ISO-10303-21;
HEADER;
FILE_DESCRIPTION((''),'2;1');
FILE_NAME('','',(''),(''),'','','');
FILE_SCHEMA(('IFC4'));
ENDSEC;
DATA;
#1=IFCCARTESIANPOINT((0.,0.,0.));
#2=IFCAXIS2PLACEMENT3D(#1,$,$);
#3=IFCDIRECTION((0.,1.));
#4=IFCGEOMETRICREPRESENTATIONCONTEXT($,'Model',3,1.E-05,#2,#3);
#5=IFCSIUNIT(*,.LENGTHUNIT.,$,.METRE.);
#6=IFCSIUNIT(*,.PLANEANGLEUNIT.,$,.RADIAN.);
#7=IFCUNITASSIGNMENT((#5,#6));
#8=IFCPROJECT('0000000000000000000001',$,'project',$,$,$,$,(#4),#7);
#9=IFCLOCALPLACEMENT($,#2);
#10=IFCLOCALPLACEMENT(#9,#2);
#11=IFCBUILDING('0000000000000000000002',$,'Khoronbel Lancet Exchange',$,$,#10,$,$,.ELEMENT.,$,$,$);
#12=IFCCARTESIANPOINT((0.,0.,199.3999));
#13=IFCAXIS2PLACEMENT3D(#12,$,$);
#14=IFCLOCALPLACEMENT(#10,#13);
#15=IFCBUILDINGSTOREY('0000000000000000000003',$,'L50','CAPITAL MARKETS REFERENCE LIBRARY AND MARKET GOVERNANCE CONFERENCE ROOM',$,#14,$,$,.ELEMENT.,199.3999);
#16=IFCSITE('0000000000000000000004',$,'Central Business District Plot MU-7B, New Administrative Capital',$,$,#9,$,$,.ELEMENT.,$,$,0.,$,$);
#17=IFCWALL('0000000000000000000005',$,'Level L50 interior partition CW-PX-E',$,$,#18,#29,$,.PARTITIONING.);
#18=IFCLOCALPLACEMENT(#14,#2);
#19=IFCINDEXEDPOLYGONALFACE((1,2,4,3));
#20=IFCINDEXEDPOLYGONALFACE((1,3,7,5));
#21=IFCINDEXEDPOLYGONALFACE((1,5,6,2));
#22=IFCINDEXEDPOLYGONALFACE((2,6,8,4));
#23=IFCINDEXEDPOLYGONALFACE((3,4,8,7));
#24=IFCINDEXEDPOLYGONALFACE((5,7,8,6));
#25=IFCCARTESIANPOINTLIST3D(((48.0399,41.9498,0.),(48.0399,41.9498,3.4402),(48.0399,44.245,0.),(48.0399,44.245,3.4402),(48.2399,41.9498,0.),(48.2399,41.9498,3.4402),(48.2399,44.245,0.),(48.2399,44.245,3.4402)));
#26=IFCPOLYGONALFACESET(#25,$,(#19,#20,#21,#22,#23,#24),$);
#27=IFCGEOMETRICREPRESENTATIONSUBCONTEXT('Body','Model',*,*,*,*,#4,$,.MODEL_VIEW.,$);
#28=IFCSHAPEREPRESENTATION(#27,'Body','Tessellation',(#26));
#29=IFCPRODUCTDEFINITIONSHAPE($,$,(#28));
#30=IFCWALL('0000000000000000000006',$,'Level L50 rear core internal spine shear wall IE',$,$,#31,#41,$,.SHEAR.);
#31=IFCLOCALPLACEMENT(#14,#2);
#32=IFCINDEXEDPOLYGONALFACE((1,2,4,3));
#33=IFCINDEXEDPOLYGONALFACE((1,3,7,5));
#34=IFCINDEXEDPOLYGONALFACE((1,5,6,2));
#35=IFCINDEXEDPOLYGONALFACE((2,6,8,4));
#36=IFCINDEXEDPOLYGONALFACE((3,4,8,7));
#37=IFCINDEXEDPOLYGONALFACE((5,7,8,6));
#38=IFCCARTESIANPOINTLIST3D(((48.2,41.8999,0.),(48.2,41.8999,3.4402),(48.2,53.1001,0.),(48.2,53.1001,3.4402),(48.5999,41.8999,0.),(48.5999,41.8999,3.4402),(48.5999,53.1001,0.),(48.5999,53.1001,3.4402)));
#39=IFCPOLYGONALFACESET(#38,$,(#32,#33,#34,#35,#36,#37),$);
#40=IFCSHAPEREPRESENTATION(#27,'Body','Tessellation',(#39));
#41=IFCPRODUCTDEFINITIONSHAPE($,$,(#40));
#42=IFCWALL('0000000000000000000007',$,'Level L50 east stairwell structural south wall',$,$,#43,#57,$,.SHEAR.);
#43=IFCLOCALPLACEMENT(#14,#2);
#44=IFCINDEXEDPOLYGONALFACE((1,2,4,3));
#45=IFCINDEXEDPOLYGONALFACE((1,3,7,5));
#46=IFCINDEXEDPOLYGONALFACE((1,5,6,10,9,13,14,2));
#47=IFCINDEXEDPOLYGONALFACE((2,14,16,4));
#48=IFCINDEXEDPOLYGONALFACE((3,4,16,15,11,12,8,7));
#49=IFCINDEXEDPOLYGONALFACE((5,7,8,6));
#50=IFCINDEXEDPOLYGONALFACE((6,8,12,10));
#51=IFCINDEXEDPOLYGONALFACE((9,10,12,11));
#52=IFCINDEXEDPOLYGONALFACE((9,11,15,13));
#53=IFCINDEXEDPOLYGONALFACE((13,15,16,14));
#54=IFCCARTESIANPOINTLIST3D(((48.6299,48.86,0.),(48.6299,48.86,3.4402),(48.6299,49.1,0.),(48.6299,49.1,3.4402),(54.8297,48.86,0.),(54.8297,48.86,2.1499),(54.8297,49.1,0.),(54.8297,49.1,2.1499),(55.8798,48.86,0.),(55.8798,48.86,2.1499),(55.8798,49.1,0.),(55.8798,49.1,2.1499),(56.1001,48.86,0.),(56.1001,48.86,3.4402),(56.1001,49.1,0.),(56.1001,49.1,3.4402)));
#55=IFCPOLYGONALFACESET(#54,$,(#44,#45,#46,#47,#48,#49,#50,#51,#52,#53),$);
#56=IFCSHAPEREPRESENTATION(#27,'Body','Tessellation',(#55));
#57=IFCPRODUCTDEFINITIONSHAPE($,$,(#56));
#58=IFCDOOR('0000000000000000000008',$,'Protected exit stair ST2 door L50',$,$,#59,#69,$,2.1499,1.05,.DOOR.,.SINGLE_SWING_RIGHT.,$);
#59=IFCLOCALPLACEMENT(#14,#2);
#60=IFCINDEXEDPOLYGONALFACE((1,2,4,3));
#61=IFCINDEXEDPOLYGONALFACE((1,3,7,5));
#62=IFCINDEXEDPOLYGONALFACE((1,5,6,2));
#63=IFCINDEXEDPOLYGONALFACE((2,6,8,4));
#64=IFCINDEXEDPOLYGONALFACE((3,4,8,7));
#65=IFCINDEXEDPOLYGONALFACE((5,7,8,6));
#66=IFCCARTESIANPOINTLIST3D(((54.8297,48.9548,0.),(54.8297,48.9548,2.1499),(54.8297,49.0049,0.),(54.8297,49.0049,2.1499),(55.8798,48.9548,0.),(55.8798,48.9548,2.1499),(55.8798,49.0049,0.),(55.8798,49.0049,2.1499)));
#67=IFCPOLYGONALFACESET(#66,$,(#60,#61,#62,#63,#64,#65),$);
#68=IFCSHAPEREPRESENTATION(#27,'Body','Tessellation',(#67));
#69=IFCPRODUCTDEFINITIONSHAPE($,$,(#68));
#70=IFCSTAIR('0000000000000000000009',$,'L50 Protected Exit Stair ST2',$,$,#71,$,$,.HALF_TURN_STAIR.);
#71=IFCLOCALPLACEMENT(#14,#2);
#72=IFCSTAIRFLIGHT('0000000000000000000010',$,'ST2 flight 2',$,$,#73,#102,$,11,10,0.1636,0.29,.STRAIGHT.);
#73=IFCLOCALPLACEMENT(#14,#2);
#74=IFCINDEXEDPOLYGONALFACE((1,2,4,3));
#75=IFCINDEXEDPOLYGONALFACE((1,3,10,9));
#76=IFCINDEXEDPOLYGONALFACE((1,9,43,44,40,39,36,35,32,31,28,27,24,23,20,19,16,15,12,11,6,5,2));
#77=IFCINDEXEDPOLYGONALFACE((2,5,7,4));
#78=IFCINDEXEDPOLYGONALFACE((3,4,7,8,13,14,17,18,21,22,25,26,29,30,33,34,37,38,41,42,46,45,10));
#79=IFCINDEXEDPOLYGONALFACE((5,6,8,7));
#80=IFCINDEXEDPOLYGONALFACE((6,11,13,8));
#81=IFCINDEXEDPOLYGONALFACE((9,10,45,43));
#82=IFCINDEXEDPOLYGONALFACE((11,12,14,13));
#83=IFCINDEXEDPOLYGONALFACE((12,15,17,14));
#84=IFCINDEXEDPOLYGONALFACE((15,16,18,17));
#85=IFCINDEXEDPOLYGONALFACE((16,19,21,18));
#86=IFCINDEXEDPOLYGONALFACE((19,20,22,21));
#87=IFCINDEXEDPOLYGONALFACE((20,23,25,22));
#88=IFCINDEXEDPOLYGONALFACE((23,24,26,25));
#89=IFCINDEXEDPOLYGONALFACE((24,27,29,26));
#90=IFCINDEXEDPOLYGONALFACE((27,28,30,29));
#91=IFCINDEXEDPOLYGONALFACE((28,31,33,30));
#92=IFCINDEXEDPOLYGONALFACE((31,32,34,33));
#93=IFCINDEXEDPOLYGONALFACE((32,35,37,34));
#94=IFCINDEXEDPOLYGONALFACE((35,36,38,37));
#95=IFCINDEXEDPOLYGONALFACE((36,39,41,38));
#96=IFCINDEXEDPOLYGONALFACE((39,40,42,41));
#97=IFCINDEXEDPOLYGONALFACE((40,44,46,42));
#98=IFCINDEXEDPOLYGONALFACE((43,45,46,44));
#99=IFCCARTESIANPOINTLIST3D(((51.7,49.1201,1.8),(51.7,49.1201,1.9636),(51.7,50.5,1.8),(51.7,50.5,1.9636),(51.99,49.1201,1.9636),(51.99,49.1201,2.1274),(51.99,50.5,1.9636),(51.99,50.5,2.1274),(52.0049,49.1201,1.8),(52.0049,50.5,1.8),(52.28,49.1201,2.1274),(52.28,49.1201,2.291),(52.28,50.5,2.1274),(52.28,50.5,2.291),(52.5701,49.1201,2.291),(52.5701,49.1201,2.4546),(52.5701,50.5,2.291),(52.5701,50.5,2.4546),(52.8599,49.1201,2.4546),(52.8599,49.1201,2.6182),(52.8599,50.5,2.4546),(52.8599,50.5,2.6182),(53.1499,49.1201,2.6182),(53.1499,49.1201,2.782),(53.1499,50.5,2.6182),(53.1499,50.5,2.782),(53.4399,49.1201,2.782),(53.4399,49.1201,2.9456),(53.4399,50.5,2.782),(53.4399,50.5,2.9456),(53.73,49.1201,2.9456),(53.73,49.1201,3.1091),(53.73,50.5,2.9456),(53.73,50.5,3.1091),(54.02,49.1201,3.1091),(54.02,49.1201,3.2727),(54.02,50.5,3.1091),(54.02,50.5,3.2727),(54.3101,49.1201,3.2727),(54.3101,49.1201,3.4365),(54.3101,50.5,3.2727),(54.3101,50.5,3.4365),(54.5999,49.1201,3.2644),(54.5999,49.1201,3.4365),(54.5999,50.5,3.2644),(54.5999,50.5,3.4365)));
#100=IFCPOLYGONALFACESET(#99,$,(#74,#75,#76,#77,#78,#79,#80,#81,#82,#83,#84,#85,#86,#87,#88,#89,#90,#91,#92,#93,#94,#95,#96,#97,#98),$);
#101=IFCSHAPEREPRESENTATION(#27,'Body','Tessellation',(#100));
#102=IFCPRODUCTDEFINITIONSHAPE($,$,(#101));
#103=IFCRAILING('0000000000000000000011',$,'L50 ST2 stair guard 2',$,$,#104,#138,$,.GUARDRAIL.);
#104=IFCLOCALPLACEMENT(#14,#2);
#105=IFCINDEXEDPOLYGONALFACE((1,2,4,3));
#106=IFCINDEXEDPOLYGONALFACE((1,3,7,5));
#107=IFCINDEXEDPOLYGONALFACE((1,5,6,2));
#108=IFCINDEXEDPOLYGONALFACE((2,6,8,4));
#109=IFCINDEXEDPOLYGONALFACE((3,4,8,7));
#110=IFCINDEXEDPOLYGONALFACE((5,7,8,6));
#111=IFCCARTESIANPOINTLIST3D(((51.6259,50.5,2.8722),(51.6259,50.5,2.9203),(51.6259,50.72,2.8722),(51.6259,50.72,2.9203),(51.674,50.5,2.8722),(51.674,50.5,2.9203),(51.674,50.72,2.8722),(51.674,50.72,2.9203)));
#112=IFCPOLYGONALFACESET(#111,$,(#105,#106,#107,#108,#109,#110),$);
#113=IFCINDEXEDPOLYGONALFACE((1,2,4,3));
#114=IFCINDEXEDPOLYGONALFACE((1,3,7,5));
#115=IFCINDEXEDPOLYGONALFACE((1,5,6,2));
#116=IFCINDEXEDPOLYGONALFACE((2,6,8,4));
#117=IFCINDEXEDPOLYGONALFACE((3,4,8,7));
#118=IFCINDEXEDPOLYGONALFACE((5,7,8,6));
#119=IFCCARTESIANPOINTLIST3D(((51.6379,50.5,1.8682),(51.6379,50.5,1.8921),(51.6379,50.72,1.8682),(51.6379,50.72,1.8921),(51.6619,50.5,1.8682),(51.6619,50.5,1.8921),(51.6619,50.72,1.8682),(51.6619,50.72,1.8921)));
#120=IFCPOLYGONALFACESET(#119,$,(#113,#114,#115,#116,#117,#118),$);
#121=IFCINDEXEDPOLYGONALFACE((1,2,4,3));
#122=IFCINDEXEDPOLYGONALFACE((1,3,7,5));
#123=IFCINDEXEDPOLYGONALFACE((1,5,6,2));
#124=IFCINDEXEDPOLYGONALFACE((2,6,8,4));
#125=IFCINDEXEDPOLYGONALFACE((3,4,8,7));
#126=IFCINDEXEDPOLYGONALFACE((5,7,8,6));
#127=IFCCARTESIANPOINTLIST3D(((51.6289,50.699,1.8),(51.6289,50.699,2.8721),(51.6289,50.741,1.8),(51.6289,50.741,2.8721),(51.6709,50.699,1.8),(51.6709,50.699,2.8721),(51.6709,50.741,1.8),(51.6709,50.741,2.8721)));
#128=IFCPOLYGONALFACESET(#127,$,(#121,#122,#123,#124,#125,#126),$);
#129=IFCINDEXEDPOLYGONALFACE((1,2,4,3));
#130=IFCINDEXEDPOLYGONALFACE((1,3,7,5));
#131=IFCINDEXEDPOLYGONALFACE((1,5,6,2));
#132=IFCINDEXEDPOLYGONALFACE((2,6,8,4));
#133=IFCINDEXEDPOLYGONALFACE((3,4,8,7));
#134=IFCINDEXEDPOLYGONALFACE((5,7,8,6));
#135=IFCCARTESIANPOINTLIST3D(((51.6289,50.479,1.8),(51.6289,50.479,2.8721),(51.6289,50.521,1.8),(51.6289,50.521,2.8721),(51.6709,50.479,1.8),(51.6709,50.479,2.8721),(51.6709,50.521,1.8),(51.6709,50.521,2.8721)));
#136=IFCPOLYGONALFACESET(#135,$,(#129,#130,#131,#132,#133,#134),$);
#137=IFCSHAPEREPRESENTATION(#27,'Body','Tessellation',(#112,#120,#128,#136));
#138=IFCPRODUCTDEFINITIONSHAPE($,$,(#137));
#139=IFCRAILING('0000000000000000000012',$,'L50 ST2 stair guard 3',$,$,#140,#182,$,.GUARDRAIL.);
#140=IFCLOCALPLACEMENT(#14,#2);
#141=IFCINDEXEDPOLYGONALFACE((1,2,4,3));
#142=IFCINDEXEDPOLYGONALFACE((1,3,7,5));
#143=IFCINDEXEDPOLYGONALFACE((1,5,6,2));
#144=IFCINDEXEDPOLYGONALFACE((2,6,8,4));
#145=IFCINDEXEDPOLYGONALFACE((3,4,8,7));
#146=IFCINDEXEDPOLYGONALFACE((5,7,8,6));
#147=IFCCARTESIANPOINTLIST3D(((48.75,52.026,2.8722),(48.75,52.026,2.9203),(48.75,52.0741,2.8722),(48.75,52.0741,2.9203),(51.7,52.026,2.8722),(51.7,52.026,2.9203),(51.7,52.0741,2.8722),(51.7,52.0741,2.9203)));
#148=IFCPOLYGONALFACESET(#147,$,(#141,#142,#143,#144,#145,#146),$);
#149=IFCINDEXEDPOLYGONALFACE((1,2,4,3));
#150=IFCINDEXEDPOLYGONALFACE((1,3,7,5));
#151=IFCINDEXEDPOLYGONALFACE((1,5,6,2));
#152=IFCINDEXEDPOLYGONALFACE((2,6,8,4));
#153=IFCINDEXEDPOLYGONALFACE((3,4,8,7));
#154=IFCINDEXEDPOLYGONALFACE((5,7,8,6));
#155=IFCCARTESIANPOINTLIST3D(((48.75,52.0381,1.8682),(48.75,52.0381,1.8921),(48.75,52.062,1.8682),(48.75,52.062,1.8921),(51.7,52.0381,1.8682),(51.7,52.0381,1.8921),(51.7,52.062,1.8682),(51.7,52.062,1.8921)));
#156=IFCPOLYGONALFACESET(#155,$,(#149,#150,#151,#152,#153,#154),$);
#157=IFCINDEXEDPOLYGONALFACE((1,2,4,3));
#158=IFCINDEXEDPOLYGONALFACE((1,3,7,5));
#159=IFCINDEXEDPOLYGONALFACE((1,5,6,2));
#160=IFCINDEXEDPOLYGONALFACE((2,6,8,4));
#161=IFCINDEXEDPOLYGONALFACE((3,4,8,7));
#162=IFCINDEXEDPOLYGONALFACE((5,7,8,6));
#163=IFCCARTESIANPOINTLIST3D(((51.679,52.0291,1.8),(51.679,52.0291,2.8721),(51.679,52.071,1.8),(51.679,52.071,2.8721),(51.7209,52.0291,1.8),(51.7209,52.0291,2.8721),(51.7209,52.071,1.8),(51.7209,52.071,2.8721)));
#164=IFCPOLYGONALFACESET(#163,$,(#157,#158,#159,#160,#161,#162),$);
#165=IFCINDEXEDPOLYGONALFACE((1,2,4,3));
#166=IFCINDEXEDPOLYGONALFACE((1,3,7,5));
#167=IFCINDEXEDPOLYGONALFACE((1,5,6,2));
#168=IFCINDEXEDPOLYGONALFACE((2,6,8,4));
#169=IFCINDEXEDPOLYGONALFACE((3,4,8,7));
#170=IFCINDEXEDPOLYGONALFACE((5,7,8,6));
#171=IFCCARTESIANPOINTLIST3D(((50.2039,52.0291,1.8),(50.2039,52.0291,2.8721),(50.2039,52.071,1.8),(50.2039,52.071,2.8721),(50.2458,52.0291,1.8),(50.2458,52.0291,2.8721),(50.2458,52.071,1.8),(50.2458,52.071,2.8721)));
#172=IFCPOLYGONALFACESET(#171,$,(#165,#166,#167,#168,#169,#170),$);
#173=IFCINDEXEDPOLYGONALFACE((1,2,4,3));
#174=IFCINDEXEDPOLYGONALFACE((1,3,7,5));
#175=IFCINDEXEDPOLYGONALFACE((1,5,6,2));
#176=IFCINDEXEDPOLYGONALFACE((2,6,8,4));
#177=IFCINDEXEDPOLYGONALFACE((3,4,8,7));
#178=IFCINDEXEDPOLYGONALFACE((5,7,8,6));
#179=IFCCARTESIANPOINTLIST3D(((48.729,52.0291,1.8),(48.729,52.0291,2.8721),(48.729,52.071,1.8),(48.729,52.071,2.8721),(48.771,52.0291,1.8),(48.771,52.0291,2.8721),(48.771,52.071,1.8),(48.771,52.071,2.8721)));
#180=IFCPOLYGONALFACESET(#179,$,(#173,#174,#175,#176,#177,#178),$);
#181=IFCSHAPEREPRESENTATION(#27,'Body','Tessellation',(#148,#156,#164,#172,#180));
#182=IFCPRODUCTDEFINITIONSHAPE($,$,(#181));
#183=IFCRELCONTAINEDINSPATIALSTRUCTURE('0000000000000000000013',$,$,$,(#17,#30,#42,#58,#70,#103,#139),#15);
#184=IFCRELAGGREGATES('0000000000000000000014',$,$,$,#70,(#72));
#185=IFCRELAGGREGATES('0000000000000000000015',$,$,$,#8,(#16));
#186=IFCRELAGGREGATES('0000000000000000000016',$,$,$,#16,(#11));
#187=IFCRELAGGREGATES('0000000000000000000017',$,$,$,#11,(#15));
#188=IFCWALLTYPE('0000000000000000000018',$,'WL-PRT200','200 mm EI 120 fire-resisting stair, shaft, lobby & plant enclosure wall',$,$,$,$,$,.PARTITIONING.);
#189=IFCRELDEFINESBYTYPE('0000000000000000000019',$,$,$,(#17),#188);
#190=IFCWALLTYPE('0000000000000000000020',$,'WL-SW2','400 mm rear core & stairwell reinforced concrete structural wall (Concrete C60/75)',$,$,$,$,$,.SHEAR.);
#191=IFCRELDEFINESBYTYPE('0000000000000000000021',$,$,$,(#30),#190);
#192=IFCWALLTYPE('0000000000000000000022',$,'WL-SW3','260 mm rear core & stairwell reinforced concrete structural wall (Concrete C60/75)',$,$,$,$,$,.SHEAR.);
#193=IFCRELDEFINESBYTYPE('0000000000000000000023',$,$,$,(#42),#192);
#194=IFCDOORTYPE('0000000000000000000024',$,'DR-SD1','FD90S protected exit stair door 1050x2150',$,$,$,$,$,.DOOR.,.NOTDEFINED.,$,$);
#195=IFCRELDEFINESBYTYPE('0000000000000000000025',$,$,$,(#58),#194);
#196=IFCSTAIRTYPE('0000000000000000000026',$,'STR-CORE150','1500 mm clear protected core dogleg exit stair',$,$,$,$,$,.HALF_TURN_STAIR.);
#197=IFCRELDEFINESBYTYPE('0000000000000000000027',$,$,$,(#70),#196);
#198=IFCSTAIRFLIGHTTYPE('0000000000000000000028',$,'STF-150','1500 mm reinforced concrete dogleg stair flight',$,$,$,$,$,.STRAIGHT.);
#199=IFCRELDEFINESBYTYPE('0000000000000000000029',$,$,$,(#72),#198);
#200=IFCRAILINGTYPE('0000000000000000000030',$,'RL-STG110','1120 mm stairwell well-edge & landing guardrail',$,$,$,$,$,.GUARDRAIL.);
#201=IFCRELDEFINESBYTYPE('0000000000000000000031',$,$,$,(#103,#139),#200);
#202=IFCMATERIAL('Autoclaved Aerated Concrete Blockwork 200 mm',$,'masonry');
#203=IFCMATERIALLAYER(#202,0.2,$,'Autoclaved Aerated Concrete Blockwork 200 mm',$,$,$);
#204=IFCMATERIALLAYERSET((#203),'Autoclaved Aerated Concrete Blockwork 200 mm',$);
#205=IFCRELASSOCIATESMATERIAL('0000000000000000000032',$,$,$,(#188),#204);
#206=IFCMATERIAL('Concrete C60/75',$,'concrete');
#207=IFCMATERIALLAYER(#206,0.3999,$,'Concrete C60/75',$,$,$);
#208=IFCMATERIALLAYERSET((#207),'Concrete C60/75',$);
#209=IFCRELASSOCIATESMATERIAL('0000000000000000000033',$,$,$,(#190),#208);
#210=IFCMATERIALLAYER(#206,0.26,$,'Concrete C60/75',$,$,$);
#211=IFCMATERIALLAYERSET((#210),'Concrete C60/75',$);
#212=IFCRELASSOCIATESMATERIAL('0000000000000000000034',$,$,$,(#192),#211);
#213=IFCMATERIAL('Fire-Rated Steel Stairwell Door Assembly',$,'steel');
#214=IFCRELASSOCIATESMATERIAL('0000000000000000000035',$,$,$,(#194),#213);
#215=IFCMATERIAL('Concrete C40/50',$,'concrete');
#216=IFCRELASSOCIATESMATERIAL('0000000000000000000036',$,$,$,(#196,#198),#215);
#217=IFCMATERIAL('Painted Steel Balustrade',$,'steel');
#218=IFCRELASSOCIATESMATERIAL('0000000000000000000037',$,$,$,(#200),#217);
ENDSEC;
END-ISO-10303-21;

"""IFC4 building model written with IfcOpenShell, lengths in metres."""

from ifc_helpers import new_model, si_unit, direction, frame, frame_2d, origin, origin_2d, place, context, subcontext, project, spatial, polyline, rectangle, outline, extrude, material, layer, layer_set, type_object, element, fill, aggregate, save


model = new_model("IFC4")

# Units and contexts
model_context = context("Model", 3, precision=1e-05, world=origin(), true_north=direction((0.0, 1.0)))
body_context = subcontext(model_context, "Body", "Model", "MODEL_VIEW")
ifc_project = project(units=[si_unit("LENGTHUNIT", "METRE"), si_unit("PLANEANGLEUNIT", "RADIAN")], contexts=[model_context])

# Site, building, storey
site_placement = place(None, origin())
site = spatial("IfcSite", under=ifc_project, at=site_placement, Name="Central Business District Plot MU-7B, New Administrative Capital", CompositionType="ELEMENT", RefElevation=0.0)
building_placement = place(site_placement, origin())
building = spatial("IfcBuilding", under=site, at=building_placement, Name="Khoronbel Lancet Exchange", CompositionType="ELEMENT")
storey_placement = place(building_placement, frame((0.0, 0.0, 199.3999)))
storey = spatial("IfcBuildingStorey", under=building, at=storey_placement, Name="L50", Description="CAPITAL MARKETS REFERENCE LIBRARY AND MARKET GOVERNANCE CONFERENCE ROOM", CompositionType="ELEMENT", Elevation=199.3999)

# Shared definitions
ifc_material_1 = material(Name="Autoclaved Aerated Concrete Blockwork 200 mm", Category="masonry")
ifc_layer_1 = layer(ifc_material_1, 0.2, Name="Autoclaved Aerated Concrete Blockwork 200 mm")
ifc_layer_set_1 = layer_set([ifc_layer_1], Name="Autoclaved Aerated Concrete Blockwork 200 mm")
wall_type_1 = type_object("IfcWallType", Name="WL-PRT200", Description="200 mm EI 120 fire-resisting stair, shaft, lobby & plant enclosure wall", PredefinedType="PARTITIONING", material=ifc_layer_set_1)

# Walls
wall_1_placement = place(storey_placement, frame((48.1399, 41.95, 0.0), z_axis=(0.0, 0.0, 1.0), x_axis=(0.0, 1.0, 0.0)))
element("IfcWall", 1, at=wall_1_placement, inside=storey, type_object=wall_type_1, Name="Level L50 interior partition CW-PX-E", PredefinedType="PARTITIONING", context=body_context, shape_type="SweptSolid", body=[
    extrude(rectangle(XDim=2.2952, YDim=0.2, at=frame_2d((1.1475, 0.0))), origin(), (0.0, 0.0, 1.0), 3.4402),
])
ifc_material_2 = material(Name="Concrete C60/75", Category="concrete")
ifc_layer_2 = layer(ifc_material_2, 0.3999, Name="Concrete C60/75")
ifc_layer_set_2 = layer_set([ifc_layer_2], Name="Concrete C60/75")
wall_type_2 = type_object("IfcWallType", Name="WL-SW2", Description="400 mm rear core & stairwell reinforced concrete structural wall (Concrete C60/75)", PredefinedType="SHEAR", material=ifc_layer_set_2)
wall_2_placement = place(storey_placement, frame((48.3999, 41.8999, 0.0), z_axis=(0.0, 0.0, 1.0), x_axis=(0.0, 1.0, 0.0)))
element("IfcWall", 2, at=wall_2_placement, inside=storey, type_object=wall_type_2, Name="Level L50 rear core internal spine shear wall IE", PredefinedType="SHEAR", context=body_context, shape_type="SweptSolid", body=[
    extrude(rectangle(XDim=11.2002, YDim=0.3999, at=frame_2d((5.6001, 0.0))), origin(), (0.0, 0.0, 1.0), 3.4402),
])

# Wall, opening, door
ifc_layer_3 = layer(ifc_material_2, 0.26, Name="Concrete C60/75")
ifc_layer_set_3 = layer_set([ifc_layer_3], Name="Concrete C60/75")
wall_type_3 = type_object("IfcWallType", Name="WL-SW3", Description="260 mm rear core & stairwell reinforced concrete structural wall (Concrete C60/75)", PredefinedType="SHEAR", material=ifc_layer_set_3)
wall_3_placement = place(storey_placement, frame((48.6299, 48.98, 0.0), z_axis=(0.0, 0.0, 1.0), x_axis=(1.0, 0.0, 0.0)))
wall_3 = element("IfcWall", 3, at=wall_3_placement, inside=storey, type_object=wall_type_3, Name="Level L50 east stairwell structural south wall", PredefinedType="SHEAR", context=body_context, shape_type="SweptSolid", body=[
    extrude(rectangle(XDim=7.4702, YDim=0.24, at=frame_2d((3.7351, 0.0))), origin(), (0.0, 0.0, 1.0), 3.4402),
])
opening_1_placement = place(wall_3_placement, frame((6.2, 0.0, 0.0)))
opening_1 = element("IfcOpeningElement", 4, at=opening_1_placement, cuts=wall_3, PredefinedType="OPENING", context=body_context, shape_type="SweptSolid", body=[
    extrude(rectangle(XDim=1.05, YDim=2.1499, at=frame_2d((0.5249, 1.075))), frame((0.0, 0.1299, 0.0), z_axis=(0.0, -1.0, 0.0), x_axis=(1.0, 0.0, 0.0)), (0.0, 0.0, 1.0), 0.26),
])
ifc_material_3 = material(Name="Fire-Rated Steel Stairwell Door Assembly", Category="steel")
door_type_1 = type_object("IfcDoorType", Name="DR-SD1", Description="FD90S protected exit stair door 1050x2150", OperationType="NOTDEFINED", PredefinedType="DOOR", material=ifc_material_3)
door_1_placement = place(opening_1_placement, origin())
door_1 = element("IfcDoor", 5, at=door_1_placement, inside=storey, type_object=door_type_1, Name="Protected exit stair ST2 door L50", OperationType="SINGLE_SWING_RIGHT", OverallHeight=2.1499, OverallWidth=1.05, PredefinedType="DOOR", context=body_context, shape_type="SweptSolid", body=[
    extrude(rectangle(XDim=1.05, YDim=2.1499, at=frame_2d((0.5249, 1.075))), frame((0.0, 0.0249, 0.0), z_axis=(0.0, -1.0, 0.0), x_axis=(1.0, 0.0, 0.0)), (0.0, 0.0, 1.0), 0.05),
])
fill(opening_1, door_1)

# Stair, stair flight
ifc_material_4 = material(Name="Concrete C40/50", Category="concrete")
stair_type = type_object("IfcStairType", Name="STR-CORE150", Description="1500 mm clear protected core dogleg exit stair", PredefinedType="HALF_TURN_STAIR", material=ifc_material_4)
stair_placement = place(storey_placement, origin())
stair = element("IfcStair", 6, at=stair_placement, inside=storey, type_object=stair_type, Name="L50 Protected Exit Stair ST2", PredefinedType="HALF_TURN_STAIR")
stair_flight_type = type_object("IfcStairFlightType", Name="STF-150", Description="1500 mm reinforced concrete dogleg stair flight", PredefinedType="STRAIGHT", material=ifc_material_4)
stair_flight_placement = place(storey_placement, frame((51.7, 49.8101, 1.8), z_axis=(0.0, 0.0, 1.0), x_axis=(1.0, 0.0, 0.0)))
stair_flight = element("IfcStairFlight", 7, at=stair_flight_placement, type_object=stair_flight_type, Name="ST2 flight 2", NumberOfRisers=11, NumberOfTreads=10, PredefinedType="STRAIGHT", RiserHeight=0.1636, TreadLength=0.29, context=body_context, shape_type="SweptSolid", body=[
    extrude(outline(polyline([(0.0, 0.0), (0.0, 0.1636), (0.29, 0.1636), (0.29, 0.3274), (0.5801, 0.3274), (0.5801, 0.491), (0.8701, 0.491), (0.8701, 0.6545), (1.1599, 0.6545), (1.1599, 0.8181), (1.45, 0.8181), (1.45, 0.9819), (1.74, 0.9819), (1.74, 1.1455), (2.03, 1.1455), (2.03, 1.3091), (2.3201, 1.3091), (2.3201, 1.4727), (2.6101, 1.4727), (2.6101, 1.6365), (2.8999, 1.6365), (2.8999, 1.8), (2.8999, 1.4644), (0.3049, 0.0), (0.0, 0.0)])), frame((0.0, 0.6899, 0.0), z_axis=(0.0, -1.0, 0.0), x_axis=(1.0, 0.0, 0.0)), (0.0, 0.0, 1.0), 1.3799),
])
aggregate(stair, [stair_flight])

# Railings
ifc_material_5 = material(Name="Painted Steel Balustrade", Category="steel")
railing_type_1 = type_object("IfcRailingType", Name="RL-STG110", Description="1120 mm stairwell well-edge & landing guardrail", PredefinedType="GUARDRAIL", material=ifc_material_5)
railing_1_placement = place(storey_placement, frame((51.6499, 50.72, 1.8)))
element("IfcRailing", 8, at=railing_1_placement, inside=storey, type_object=railing_type_1, Name="L50 ST2 stair guard 2", PredefinedType="GUARDRAIL", context=body_context, shape_type="SweptSolid", body=[
    extrude(rectangle(XDim=0.0481, YDim=0.0481, at=origin_2d()), frame((0.0, 0.0, 1.0962), z_axis=(0.0, -1.0, 0.0), x_axis=(1.0, 0.0, 0.0)), (0.0, 0.0, 1.0), 0.22),
    extrude(rectangle(XDim=0.0239, YDim=0.0239, at=origin_2d()), frame((0.0, 0.0, 0.0801), z_axis=(0.0, -1.0, 0.0), x_axis=(1.0, 0.0, 0.0)), (0.0, 0.0, 1.0), 0.22),
    extrude(rectangle(XDim=0.042, YDim=0.042, at=origin_2d()), origin(), (0.0, 0.0, 1.0), 1.072),
    extrude(rectangle(XDim=0.042, YDim=0.042, at=origin_2d()), frame((0.0, -0.22, 0.0)), (0.0, 0.0, 1.0), 1.072),
])
railing_2_placement = place(storey_placement, frame((51.7, 52.05, 1.8)))
element("IfcRailing", 9, at=railing_2_placement, inside=storey, type_object=railing_type_1, Name="L50 ST2 stair guard 3", PredefinedType="GUARDRAIL", context=body_context, shape_type="SweptSolid", body=[
    extrude(rectangle(XDim=0.0481, YDim=0.0481, at=origin_2d()), frame((0.0, 0.0, 1.0962), z_axis=(-1.0, 0.0, 0.0), x_axis=(0.0, -1.0, 0.0)), (0.0, 0.0, 1.0), 2.95),
    extrude(rectangle(XDim=0.0239, YDim=0.0239, at=origin_2d()), frame((0.0, 0.0, 0.0801), z_axis=(-1.0, 0.0, 0.0), x_axis=(0.0, -1.0, 0.0)), (0.0, 0.0, 1.0), 2.95),
    extrude(rectangle(XDim=0.042, YDim=0.042, at=origin_2d()), origin(), (0.0, 0.0, 1.0), 1.072),
    extrude(rectangle(XDim=0.042, YDim=0.042, at=origin_2d()), frame((-1.4751, 0.0, 0.0)), (0.0, 0.0, 1.0), 1.072),
    extrude(rectangle(XDim=0.042, YDim=0.042, at=origin_2d()), frame((-2.95, 0.0, 0.0)), (0.0, 0.0, 1.0), 1.072),
])

save(model, "model.ifc")
